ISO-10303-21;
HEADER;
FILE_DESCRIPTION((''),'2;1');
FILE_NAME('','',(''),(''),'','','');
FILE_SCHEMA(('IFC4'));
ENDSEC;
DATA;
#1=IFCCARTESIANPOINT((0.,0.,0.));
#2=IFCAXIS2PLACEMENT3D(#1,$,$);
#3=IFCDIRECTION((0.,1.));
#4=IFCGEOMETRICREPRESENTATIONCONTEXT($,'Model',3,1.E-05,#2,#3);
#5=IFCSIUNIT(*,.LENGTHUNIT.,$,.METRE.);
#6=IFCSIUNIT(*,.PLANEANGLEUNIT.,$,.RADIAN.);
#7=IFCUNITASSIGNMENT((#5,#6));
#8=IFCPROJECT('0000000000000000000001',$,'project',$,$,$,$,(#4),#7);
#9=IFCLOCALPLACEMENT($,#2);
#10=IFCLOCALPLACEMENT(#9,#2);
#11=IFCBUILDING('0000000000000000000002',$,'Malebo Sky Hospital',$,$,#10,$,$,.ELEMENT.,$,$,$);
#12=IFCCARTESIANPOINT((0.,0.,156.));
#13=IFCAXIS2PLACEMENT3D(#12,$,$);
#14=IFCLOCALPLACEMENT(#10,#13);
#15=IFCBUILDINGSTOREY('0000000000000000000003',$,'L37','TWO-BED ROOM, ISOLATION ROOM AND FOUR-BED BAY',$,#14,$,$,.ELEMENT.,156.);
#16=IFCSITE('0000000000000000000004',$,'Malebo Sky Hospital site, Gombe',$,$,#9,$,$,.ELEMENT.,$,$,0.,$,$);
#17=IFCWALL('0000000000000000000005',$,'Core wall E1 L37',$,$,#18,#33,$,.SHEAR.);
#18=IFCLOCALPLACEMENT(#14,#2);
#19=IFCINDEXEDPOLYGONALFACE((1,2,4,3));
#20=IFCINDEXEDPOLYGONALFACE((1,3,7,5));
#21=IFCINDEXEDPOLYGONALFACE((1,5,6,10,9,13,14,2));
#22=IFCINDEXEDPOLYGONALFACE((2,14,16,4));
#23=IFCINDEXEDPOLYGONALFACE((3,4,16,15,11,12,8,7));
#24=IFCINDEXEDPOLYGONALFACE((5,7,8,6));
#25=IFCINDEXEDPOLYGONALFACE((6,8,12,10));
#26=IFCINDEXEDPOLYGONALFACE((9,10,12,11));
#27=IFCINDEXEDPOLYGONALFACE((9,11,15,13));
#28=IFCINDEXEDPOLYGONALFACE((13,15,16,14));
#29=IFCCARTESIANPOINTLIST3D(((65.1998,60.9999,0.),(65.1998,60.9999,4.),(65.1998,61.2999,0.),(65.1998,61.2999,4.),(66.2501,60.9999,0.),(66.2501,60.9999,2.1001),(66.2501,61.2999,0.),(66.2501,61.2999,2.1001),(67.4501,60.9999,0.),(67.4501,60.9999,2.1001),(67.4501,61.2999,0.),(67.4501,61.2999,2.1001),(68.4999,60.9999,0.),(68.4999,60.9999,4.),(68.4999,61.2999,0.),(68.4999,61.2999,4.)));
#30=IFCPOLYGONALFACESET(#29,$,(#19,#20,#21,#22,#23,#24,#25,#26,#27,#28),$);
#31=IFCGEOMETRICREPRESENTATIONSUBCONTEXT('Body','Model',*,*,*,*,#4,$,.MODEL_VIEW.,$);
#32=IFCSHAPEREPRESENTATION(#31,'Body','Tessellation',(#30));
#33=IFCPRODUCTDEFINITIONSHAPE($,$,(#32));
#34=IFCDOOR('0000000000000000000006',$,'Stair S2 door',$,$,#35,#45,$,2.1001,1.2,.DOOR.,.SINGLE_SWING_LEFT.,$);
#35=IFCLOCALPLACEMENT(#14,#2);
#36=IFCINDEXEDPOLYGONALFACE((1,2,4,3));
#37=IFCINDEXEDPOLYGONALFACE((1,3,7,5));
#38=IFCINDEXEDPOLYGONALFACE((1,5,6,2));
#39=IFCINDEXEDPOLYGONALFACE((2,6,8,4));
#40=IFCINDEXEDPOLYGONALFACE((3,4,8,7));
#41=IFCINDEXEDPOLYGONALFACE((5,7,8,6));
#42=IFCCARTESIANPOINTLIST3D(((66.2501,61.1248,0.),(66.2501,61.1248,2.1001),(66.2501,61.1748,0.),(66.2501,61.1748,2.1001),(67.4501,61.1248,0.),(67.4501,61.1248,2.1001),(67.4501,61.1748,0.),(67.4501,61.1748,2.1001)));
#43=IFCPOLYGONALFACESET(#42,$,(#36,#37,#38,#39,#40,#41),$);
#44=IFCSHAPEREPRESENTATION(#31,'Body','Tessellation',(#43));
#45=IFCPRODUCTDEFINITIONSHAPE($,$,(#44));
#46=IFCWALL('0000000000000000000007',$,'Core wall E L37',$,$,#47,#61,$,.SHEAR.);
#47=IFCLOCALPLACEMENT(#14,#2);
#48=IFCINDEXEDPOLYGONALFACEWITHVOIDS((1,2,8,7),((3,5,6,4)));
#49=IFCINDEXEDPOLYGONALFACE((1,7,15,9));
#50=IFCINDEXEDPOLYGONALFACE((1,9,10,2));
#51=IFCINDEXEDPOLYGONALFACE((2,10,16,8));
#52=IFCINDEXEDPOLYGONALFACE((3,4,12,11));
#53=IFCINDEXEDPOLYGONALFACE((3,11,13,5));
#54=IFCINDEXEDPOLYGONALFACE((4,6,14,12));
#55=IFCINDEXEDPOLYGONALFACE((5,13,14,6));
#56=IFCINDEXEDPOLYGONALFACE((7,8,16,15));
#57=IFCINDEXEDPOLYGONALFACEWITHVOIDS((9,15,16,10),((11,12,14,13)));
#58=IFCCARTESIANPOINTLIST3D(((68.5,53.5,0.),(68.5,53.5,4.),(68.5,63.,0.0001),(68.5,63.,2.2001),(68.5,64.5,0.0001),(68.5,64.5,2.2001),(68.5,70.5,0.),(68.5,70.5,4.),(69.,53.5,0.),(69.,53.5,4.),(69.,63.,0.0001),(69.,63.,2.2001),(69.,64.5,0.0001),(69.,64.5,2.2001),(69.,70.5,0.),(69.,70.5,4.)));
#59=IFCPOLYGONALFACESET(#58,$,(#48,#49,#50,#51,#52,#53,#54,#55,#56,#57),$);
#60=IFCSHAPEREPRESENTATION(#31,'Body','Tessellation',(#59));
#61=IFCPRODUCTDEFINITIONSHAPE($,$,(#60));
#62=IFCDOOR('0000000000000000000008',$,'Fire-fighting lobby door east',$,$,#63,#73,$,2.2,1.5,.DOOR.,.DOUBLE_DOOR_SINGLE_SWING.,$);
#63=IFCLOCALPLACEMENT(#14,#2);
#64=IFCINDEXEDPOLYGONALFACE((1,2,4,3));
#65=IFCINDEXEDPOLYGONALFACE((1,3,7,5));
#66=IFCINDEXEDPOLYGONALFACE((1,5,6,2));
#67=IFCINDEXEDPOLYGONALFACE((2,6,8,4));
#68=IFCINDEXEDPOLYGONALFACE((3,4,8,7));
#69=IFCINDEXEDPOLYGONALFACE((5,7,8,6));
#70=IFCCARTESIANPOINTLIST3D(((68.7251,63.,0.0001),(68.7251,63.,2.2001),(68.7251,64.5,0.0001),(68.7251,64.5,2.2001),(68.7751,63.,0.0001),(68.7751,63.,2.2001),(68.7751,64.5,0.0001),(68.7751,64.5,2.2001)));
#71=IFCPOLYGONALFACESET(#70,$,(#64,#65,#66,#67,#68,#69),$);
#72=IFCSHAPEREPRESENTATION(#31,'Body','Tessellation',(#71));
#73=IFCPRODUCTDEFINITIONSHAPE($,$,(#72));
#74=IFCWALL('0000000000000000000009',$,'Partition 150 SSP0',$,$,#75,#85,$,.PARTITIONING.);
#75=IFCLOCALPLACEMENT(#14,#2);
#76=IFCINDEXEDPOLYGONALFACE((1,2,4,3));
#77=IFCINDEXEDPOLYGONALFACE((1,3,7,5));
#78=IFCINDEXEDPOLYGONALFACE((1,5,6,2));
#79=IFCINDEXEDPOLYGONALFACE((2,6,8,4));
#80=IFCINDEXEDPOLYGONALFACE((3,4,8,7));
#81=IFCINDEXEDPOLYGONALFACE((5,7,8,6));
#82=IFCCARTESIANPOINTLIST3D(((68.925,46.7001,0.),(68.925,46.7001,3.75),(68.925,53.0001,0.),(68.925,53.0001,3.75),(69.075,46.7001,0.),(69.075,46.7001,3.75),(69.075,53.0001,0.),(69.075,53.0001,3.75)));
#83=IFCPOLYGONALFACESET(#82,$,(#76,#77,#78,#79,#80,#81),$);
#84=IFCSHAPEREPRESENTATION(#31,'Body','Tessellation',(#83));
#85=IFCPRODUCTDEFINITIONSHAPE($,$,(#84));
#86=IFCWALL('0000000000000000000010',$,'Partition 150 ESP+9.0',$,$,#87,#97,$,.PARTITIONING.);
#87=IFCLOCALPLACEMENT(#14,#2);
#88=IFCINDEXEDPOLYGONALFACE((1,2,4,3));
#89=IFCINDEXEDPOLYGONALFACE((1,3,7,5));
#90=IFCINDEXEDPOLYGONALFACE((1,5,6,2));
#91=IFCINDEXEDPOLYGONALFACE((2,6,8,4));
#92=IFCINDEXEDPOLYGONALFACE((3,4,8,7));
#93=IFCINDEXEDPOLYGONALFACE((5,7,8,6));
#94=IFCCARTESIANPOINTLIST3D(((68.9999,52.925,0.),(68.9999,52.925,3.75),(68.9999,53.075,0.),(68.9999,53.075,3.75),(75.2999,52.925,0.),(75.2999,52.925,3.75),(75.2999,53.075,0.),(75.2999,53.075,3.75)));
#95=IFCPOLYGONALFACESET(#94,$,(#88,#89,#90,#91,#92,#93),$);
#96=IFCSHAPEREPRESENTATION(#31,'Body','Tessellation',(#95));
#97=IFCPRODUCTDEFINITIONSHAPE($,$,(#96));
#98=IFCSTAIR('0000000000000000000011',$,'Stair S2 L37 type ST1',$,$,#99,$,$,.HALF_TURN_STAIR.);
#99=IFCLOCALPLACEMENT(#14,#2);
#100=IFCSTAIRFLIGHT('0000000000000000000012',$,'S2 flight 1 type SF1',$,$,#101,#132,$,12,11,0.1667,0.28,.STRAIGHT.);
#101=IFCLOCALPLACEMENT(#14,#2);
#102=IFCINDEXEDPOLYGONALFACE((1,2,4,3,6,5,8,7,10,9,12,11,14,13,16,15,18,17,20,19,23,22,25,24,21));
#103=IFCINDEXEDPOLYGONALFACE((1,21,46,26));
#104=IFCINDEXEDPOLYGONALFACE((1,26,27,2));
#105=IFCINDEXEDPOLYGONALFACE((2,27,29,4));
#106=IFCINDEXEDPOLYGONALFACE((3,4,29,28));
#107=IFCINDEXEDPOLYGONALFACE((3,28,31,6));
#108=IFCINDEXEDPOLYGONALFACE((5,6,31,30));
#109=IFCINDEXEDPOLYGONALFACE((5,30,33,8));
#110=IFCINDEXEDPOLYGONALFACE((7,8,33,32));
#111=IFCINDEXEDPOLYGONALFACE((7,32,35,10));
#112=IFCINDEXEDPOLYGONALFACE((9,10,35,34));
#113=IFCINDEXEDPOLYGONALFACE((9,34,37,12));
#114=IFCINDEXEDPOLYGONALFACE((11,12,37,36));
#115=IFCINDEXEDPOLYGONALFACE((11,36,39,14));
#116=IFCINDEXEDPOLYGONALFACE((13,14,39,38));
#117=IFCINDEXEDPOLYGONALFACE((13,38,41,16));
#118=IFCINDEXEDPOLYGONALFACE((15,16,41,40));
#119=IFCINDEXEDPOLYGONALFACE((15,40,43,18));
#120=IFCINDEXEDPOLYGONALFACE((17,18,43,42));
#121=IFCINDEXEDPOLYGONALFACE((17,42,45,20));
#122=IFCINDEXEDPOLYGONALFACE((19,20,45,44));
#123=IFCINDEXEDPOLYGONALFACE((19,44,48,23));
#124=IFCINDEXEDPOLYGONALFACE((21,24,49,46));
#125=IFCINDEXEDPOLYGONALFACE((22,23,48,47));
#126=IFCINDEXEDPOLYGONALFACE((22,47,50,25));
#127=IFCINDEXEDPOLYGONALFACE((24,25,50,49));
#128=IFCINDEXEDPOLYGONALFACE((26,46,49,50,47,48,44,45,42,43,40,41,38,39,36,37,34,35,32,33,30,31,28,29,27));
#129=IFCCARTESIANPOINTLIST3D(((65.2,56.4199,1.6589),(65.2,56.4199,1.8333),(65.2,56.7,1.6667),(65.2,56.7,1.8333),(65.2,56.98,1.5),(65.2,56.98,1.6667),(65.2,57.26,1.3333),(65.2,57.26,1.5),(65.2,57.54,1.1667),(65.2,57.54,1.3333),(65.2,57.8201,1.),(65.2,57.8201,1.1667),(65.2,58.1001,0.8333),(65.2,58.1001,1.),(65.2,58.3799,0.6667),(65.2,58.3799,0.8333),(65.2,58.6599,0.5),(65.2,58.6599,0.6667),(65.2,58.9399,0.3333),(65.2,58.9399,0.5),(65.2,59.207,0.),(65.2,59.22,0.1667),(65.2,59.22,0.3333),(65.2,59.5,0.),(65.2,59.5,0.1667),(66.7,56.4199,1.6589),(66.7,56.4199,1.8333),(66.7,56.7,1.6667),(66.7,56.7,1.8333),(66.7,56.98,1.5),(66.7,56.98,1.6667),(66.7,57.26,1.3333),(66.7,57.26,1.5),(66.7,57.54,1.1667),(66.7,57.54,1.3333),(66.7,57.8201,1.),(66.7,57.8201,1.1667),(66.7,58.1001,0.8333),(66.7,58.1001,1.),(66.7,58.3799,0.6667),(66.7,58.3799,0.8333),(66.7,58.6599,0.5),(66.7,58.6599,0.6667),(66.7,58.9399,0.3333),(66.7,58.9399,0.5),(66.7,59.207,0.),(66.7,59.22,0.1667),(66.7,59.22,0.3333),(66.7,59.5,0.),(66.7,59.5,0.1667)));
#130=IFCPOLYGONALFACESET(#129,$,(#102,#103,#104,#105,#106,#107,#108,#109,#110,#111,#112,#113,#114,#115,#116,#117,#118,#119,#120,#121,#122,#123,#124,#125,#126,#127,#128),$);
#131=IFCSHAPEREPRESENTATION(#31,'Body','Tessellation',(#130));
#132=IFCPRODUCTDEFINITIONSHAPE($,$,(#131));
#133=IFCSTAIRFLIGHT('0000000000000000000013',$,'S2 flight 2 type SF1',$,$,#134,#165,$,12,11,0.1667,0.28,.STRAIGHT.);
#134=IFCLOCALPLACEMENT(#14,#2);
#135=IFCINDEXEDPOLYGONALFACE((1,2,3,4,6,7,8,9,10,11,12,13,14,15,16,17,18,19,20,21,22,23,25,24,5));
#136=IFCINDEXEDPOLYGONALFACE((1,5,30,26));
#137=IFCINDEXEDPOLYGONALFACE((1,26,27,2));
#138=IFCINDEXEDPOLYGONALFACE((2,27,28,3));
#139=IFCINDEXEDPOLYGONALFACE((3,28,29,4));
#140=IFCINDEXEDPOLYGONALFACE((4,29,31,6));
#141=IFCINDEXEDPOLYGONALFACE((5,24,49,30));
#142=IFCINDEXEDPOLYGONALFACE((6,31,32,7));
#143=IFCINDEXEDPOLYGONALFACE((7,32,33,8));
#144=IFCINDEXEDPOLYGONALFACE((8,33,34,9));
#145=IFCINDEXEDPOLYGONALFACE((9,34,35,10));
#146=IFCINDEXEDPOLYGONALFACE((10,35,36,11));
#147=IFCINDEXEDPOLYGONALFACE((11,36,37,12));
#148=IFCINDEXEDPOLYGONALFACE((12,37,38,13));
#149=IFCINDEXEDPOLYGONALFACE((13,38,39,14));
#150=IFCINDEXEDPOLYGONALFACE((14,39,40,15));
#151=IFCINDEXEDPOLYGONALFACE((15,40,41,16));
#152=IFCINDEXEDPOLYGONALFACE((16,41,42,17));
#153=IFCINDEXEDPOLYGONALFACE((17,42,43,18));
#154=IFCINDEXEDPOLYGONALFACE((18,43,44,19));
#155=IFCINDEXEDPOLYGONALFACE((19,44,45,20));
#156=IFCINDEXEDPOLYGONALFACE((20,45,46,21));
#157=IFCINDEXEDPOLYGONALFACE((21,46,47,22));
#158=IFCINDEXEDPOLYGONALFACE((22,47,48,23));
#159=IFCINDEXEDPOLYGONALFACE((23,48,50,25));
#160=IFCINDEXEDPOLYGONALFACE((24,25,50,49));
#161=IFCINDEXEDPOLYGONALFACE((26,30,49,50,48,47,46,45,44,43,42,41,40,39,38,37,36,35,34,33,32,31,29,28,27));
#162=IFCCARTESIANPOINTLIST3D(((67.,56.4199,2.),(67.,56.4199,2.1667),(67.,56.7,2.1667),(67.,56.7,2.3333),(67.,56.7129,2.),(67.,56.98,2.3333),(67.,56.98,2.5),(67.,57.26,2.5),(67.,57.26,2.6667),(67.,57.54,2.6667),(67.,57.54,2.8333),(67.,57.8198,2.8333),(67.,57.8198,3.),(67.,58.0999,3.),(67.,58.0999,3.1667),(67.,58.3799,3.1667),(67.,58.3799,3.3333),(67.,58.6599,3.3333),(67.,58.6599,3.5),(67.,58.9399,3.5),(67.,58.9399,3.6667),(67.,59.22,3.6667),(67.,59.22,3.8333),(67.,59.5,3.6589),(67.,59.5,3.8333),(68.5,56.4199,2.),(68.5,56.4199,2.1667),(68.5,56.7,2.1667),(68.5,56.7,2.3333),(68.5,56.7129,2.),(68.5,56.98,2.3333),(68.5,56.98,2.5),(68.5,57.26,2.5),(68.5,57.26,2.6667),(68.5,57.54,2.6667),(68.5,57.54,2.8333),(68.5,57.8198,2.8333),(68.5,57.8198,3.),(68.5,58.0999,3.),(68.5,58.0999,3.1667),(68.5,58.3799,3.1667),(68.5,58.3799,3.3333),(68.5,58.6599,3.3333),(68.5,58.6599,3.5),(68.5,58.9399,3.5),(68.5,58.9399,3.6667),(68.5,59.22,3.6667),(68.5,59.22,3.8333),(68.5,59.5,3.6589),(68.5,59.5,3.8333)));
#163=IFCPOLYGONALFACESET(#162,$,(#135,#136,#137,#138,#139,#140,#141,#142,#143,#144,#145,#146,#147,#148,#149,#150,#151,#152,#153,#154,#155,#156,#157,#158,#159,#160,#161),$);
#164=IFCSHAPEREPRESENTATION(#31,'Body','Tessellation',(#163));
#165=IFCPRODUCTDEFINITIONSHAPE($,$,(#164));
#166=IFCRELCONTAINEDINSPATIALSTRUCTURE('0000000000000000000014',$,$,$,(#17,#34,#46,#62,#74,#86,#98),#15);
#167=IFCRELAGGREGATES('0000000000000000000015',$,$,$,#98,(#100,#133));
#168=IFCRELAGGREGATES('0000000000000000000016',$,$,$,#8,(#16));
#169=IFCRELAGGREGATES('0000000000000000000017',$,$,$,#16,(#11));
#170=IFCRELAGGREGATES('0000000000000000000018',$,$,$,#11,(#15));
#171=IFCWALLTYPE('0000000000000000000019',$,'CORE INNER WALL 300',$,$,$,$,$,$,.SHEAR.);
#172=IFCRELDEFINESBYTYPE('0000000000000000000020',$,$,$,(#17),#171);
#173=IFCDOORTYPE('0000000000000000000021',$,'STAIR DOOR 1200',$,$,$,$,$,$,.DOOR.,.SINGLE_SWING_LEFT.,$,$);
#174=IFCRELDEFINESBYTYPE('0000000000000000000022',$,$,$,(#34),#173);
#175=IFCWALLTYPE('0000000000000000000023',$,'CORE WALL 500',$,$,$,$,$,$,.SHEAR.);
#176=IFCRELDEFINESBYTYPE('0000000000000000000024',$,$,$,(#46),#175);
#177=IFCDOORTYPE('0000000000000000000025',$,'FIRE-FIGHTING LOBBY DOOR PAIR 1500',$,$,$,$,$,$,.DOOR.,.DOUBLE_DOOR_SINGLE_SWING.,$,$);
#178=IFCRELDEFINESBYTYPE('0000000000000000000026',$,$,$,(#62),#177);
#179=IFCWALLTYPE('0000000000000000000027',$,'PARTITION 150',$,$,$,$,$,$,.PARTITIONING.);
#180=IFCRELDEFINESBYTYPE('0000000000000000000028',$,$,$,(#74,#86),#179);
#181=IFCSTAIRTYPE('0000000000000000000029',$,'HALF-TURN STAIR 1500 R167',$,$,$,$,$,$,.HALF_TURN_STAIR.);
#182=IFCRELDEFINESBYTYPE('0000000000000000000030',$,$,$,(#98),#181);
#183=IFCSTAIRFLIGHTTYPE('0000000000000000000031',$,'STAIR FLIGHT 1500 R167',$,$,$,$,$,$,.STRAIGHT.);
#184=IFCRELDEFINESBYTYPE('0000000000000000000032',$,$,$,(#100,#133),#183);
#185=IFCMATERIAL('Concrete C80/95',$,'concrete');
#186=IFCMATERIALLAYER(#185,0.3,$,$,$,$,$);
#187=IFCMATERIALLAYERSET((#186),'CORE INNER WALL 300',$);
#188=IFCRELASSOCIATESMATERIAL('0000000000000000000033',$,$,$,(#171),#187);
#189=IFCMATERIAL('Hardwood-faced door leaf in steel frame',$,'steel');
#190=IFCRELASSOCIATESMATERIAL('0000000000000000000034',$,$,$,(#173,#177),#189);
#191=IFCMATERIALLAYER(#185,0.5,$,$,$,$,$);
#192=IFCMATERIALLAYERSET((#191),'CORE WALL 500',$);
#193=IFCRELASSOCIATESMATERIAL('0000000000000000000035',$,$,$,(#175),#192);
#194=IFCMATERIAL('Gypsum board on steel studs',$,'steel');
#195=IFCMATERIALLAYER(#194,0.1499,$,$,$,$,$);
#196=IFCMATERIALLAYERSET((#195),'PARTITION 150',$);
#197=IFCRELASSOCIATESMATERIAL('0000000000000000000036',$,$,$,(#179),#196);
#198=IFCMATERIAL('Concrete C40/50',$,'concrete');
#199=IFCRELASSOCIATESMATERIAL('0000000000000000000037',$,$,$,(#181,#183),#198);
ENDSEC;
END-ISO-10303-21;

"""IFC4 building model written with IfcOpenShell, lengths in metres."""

from ifc_helpers import new_model, si_unit, direction, frame, frame_2d, origin, place, context, subcontext, project, spatial, polyline, rectangle, outline, extrude, material, layer, layer_set, type_object, element, fill, aggregate, save


model = new_model("IFC4")

# Units and contexts
model_context = context("Model", 3, precision=1e-05, world=origin(), true_north=direction((0.0, 1.0)))
body_context = subcontext(model_context, "Body", "Model", "MODEL_VIEW")
ifc_project = project(units=[si_unit("LENGTHUNIT", "METRE"), si_unit("PLANEANGLEUNIT", "RADIAN")], contexts=[model_context])

# Site, building, storey
site_placement = place(None, origin())
site = spatial("IfcSite", under=ifc_project, at=site_placement, Name="Malebo Sky Hospital site, Gombe", CompositionType="ELEMENT", RefElevation=0.0)
building_placement = place(site_placement, origin())
building = spatial("IfcBuilding", under=site, at=building_placement, Name="Malebo Sky Hospital", CompositionType="ELEMENT")
storey_placement = place(building_placement, frame((0.0, 0.0, 156.0)))
storey = spatial("IfcBuildingStorey", under=building, at=storey_placement, Name="L37", Description="TWO-BED ROOM, ISOLATION ROOM AND FOUR-BED BAY", CompositionType="ELEMENT", Elevation=156.0)

# Shared definitions
ifc_material_1 = material(Name="Concrete C80/95", Category="concrete")

# Shared definitions
ifc_layer_1 = layer(ifc_material_1, 0.3)
ifc_layer_set_1 = layer_set([ifc_layer_1], Name="CORE INNER WALL 300")
wall_type_1 = type_object("IfcWallType", Name="CORE INNER WALL 300", PredefinedType="SHEAR", material=ifc_layer_set_1)

# Walls, openings, doors
wall_1_placement = place(storey_placement, frame((65.2, 61.1499, 0.0), z_axis=(0.0, 0.0, 1.0), x_axis=(1.0, 0.0, 0.0)))
wall_1 = element("IfcWall", 1, at=wall_1_placement, inside=storey, type_object=wall_type_1, Name="Core wall E1 L37", PredefinedType="SHEAR", context=body_context, shape_type="SweptSolid", body=[
    extrude(rectangle(XDim=3.3, YDim=0.3, at=frame_2d((1.6499, 0.0))), origin(), (0.0, 0.0, 1.0), 4.0),
])
opening_1_placement = place(wall_1_placement, frame((1.05, 0.0, 0.0)))
opening_1 = element("IfcOpeningElement", 2, at=opening_1_placement, cuts=wall_1, PredefinedType="OPENING", context=body_context, shape_type="SweptSolid", body=[
    extrude(rectangle(XDim=1.2, YDim=2.1001, at=frame_2d((0.6001, 1.05))), frame((0.0, 0.1599, 0.0), z_axis=(0.0, -1.0, 0.0), x_axis=(1.0, 0.0, 0.0)), (0.0, 0.0, 1.0), 0.3201),
])
ifc_material_2 = material(Name="Hardwood-faced door leaf in steel frame", Category="steel")
door_type_1 = type_object("IfcDoorType", Name="STAIR DOOR 1200", OperationType="SINGLE_SWING_LEFT", PredefinedType="DOOR", material=ifc_material_2)
door_1_placement = place(opening_1_placement, origin())
door_1 = element("IfcDoor", 3, at=door_1_placement, inside=storey, type_object=door_type_1, Name="Stair S2 door", OperationType="SINGLE_SWING_LEFT", OverallHeight=2.1001, OverallWidth=1.2, PredefinedType="DOOR", context=body_context, shape_type="SweptSolid", body=[
    extrude(rectangle(XDim=1.2, YDim=2.1001, at=frame_2d((0.6001, 1.05))), frame((0.0, 0.0249, 0.0), z_axis=(0.0, -1.0, 0.0), x_axis=(1.0, 0.0, 0.0)), (0.0, 0.0, 1.0), 0.05),
])
fill(opening_1, door_1)
ifc_layer_2 = layer(ifc_material_1, 0.5)
ifc_layer_set_2 = layer_set([ifc_layer_2], Name="CORE WALL 500")
wall_type_2 = type_object("IfcWallType", Name="CORE WALL 500", PredefinedType="SHEAR", material=ifc_layer_set_2)
wall_2_placement = place(storey_placement, frame((68.75, 53.5, 0.0), z_axis=(0.0, 0.0, 1.0), x_axis=(0.0, 1.0, 0.0)))
wall_2 = element("IfcWall", 4, at=wall_2_placement, inside=storey, type_object=wall_type_2, Name="Core wall E L37", PredefinedType="SHEAR", context=body_context, shape_type="SweptSolid", body=[
    extrude(rectangle(XDim=17.0, YDim=0.5, at=frame_2d((8.5, 0.0))), origin(), (0.0, 0.0, 1.0), 4.0),
])
opening_2_placement = place(wall_2_placement, frame((9.5, 0.0, 0.0)))
opening_2 = element("IfcOpeningElement", 5, at=opening_2_placement, cuts=wall_2, PredefinedType="OPENING", context=body_context, shape_type="SweptSolid", body=[
    extrude(rectangle(XDim=1.5, YDim=2.2, at=frame_2d((0.75, 1.1001))), frame((0.0, 0.26, 0.0), z_axis=(0.0, -1.0, 0.0), x_axis=(1.0, 0.0, 0.0)), (0.0, 0.0, 1.0), 0.52),
])
door_type_2 = type_object("IfcDoorType", Name="FIRE-FIGHTING LOBBY DOOR PAIR 1500", OperationType="DOUBLE_DOOR_SINGLE_SWING", PredefinedType="DOOR", material=ifc_material_2)
door_2_placement = place(opening_2_placement, origin())
door_2 = element("IfcDoor", 6, at=door_2_placement, inside=storey, type_object=door_type_2, Name="Fire-fighting lobby door east", OperationType="DOUBLE_DOOR_SINGLE_SWING", OverallHeight=2.2, OverallWidth=1.5, PredefinedType="DOOR", context=body_context, shape_type="SweptSolid", body=[
    extrude(rectangle(XDim=1.5, YDim=2.2, at=frame_2d((0.75, 1.1001))), frame((0.0, 0.0249, 0.0), z_axis=(0.0, -1.0, 0.0), x_axis=(1.0, 0.0, 0.0)), (0.0, 0.0, 1.0), 0.05),
])
fill(opening_2, door_2)

# Walls
ifc_material_3 = material(Name="Gypsum board on steel studs", Category="steel")
ifc_layer_3 = layer(ifc_material_3, 0.1499)
ifc_layer_set_3 = layer_set([ifc_layer_3], Name="PARTITION 150")
wall_type_3 = type_object("IfcWallType", Name="PARTITION 150", PredefinedType="PARTITIONING", material=ifc_layer_set_3)
for number, where, z_axis, x_axis, name in (
    (7, (69.0, 53.0, 0.0), (0.0, 0.0, 1.0), (0.0, -1.0, 0.0), "Partition 150 SSP0"),
    (8, (69.0, 53.0, 0.0), (0.0, 0.0, 1.0), (1.0, 0.0, 0.0), "Partition 150 ESP+9.0"),
):
    element("IfcWall", number, at=place(storey_placement, frame(where, z_axis=z_axis, x_axis=x_axis)), inside=storey, type_object=wall_type_3, Name=name, PredefinedType="PARTITIONING", context=body_context, shape_type="SweptSolid", body=[
        extrude(rectangle(XDim=6.3, YDim=0.1499, at=frame_2d((3.1499, 0.0))), origin(), (0.0, 0.0, 1.0), 3.75),
    ])

# Stair, stair flights
ifc_material_4 = material(Name="Concrete C40/50", Category="concrete")
stair_type = type_object("IfcStairType", Name="HALF-TURN STAIR 1500 R167", PredefinedType="HALF_TURN_STAIR", material=ifc_material_4)
stair_placement = place(storey_placement, origin())
stair = element("IfcStair", 9, at=stair_placement, inside=storey, type_object=stair_type, Name="Stair S2 L37 type ST1", PredefinedType="HALF_TURN_STAIR")
stair_flight_type = type_object("IfcStairFlightType", Name="STAIR FLIGHT 1500 R167", PredefinedType="STRAIGHT", material=ifc_material_4)
stair_flight_1_placement = place(storey_placement, frame((65.95, 59.5, 0.0), z_axis=(0.0, 0.0, 1.0), x_axis=(0.0, -1.0, 0.0)))
stair_flight_1 = element("IfcStairFlight", 10, at=stair_flight_1_placement, type_object=stair_flight_type, Name="S2 flight 1 type SF1", NumberOfRisers=12, NumberOfTreads=11, PredefinedType="STRAIGHT", RiserHeight=0.1667, TreadLength=0.28, context=body_context, shape_type="SweptSolid", body=[
    extrude(outline(polyline([(0.0, 0.0), (0.0, 0.1667), (0.28, 0.1667), (0.28, 0.3333), (0.5601, 0.3333), (0.5601, 0.5), (0.8401, 0.5), (0.8401, 0.6667), (1.1201, 0.6667), (1.1201, 0.8333), (1.3999, 0.8333), (1.3999, 1.0), (1.6799, 1.0), (1.6799, 1.1667), (1.96, 1.1667), (1.96, 1.3333), (2.24, 1.3333), (2.24, 1.5), (2.52, 1.5), (2.52, 1.6667), (2.8, 1.6667), (2.8, 1.8333), (3.0801, 1.8333), (3.0801, 2.0), (3.0801, 1.6589), (0.293, 0.0), (0.0, 0.0)])), frame((0.0, 0.75, 0.0), z_axis=(0.0, -1.0, 0.0), x_axis=(1.0, 0.0, 0.0)), (0.0, 0.0, 1.0), 1.5),
])
stair_flight_2_placement = place(storey_placement, frame((67.75, 56.4199, 2.0), z_axis=(0.0, 0.0, 1.0), x_axis=(0.0, 1.0, 0.0)))
stair_flight_2 = element("IfcStairFlight", 11, at=stair_flight_2_placement, type_object=stair_flight_type, Name="S2 flight 2 type SF1", NumberOfRisers=12, NumberOfTreads=11, PredefinedType="STRAIGHT", RiserHeight=0.1667, TreadLength=0.28, context=body_context, shape_type="SweptSolid", body=[
    extrude(outline(polyline([(0.0, 0.0), (0.0, 0.1667), (0.28, 0.1667), (0.28, 0.3333), (0.5601, 0.3333), (0.5601, 0.5), (0.8401, 0.5), (0.8401, 0.6667), (1.1201, 0.6667), (1.1201, 0.8333), (1.3999, 0.8333), (1.3999, 1.0), (1.6799, 1.0), (1.6799, 1.1667), (1.96, 1.1667), (1.96, 1.3333), (2.24, 1.3333), (2.24, 1.5), (2.52, 1.5), (2.52, 1.6667), (2.8, 1.6667), (2.8, 1.8333), (3.0801, 1.8333), (3.0801, 2.0), (3.0801, 1.6589), (0.293, 0.0), (0.0, 0.0)])), frame((0.0, 0.75, 0.0), z_axis=(0.0, -1.0, 0.0), x_axis=(1.0, 0.0, 0.0)), (0.0, 0.0, 1.0), 1.5),
])
aggregate(stair, [stair_flight_1, stair_flight_2])

save(model, "model.ifc")
